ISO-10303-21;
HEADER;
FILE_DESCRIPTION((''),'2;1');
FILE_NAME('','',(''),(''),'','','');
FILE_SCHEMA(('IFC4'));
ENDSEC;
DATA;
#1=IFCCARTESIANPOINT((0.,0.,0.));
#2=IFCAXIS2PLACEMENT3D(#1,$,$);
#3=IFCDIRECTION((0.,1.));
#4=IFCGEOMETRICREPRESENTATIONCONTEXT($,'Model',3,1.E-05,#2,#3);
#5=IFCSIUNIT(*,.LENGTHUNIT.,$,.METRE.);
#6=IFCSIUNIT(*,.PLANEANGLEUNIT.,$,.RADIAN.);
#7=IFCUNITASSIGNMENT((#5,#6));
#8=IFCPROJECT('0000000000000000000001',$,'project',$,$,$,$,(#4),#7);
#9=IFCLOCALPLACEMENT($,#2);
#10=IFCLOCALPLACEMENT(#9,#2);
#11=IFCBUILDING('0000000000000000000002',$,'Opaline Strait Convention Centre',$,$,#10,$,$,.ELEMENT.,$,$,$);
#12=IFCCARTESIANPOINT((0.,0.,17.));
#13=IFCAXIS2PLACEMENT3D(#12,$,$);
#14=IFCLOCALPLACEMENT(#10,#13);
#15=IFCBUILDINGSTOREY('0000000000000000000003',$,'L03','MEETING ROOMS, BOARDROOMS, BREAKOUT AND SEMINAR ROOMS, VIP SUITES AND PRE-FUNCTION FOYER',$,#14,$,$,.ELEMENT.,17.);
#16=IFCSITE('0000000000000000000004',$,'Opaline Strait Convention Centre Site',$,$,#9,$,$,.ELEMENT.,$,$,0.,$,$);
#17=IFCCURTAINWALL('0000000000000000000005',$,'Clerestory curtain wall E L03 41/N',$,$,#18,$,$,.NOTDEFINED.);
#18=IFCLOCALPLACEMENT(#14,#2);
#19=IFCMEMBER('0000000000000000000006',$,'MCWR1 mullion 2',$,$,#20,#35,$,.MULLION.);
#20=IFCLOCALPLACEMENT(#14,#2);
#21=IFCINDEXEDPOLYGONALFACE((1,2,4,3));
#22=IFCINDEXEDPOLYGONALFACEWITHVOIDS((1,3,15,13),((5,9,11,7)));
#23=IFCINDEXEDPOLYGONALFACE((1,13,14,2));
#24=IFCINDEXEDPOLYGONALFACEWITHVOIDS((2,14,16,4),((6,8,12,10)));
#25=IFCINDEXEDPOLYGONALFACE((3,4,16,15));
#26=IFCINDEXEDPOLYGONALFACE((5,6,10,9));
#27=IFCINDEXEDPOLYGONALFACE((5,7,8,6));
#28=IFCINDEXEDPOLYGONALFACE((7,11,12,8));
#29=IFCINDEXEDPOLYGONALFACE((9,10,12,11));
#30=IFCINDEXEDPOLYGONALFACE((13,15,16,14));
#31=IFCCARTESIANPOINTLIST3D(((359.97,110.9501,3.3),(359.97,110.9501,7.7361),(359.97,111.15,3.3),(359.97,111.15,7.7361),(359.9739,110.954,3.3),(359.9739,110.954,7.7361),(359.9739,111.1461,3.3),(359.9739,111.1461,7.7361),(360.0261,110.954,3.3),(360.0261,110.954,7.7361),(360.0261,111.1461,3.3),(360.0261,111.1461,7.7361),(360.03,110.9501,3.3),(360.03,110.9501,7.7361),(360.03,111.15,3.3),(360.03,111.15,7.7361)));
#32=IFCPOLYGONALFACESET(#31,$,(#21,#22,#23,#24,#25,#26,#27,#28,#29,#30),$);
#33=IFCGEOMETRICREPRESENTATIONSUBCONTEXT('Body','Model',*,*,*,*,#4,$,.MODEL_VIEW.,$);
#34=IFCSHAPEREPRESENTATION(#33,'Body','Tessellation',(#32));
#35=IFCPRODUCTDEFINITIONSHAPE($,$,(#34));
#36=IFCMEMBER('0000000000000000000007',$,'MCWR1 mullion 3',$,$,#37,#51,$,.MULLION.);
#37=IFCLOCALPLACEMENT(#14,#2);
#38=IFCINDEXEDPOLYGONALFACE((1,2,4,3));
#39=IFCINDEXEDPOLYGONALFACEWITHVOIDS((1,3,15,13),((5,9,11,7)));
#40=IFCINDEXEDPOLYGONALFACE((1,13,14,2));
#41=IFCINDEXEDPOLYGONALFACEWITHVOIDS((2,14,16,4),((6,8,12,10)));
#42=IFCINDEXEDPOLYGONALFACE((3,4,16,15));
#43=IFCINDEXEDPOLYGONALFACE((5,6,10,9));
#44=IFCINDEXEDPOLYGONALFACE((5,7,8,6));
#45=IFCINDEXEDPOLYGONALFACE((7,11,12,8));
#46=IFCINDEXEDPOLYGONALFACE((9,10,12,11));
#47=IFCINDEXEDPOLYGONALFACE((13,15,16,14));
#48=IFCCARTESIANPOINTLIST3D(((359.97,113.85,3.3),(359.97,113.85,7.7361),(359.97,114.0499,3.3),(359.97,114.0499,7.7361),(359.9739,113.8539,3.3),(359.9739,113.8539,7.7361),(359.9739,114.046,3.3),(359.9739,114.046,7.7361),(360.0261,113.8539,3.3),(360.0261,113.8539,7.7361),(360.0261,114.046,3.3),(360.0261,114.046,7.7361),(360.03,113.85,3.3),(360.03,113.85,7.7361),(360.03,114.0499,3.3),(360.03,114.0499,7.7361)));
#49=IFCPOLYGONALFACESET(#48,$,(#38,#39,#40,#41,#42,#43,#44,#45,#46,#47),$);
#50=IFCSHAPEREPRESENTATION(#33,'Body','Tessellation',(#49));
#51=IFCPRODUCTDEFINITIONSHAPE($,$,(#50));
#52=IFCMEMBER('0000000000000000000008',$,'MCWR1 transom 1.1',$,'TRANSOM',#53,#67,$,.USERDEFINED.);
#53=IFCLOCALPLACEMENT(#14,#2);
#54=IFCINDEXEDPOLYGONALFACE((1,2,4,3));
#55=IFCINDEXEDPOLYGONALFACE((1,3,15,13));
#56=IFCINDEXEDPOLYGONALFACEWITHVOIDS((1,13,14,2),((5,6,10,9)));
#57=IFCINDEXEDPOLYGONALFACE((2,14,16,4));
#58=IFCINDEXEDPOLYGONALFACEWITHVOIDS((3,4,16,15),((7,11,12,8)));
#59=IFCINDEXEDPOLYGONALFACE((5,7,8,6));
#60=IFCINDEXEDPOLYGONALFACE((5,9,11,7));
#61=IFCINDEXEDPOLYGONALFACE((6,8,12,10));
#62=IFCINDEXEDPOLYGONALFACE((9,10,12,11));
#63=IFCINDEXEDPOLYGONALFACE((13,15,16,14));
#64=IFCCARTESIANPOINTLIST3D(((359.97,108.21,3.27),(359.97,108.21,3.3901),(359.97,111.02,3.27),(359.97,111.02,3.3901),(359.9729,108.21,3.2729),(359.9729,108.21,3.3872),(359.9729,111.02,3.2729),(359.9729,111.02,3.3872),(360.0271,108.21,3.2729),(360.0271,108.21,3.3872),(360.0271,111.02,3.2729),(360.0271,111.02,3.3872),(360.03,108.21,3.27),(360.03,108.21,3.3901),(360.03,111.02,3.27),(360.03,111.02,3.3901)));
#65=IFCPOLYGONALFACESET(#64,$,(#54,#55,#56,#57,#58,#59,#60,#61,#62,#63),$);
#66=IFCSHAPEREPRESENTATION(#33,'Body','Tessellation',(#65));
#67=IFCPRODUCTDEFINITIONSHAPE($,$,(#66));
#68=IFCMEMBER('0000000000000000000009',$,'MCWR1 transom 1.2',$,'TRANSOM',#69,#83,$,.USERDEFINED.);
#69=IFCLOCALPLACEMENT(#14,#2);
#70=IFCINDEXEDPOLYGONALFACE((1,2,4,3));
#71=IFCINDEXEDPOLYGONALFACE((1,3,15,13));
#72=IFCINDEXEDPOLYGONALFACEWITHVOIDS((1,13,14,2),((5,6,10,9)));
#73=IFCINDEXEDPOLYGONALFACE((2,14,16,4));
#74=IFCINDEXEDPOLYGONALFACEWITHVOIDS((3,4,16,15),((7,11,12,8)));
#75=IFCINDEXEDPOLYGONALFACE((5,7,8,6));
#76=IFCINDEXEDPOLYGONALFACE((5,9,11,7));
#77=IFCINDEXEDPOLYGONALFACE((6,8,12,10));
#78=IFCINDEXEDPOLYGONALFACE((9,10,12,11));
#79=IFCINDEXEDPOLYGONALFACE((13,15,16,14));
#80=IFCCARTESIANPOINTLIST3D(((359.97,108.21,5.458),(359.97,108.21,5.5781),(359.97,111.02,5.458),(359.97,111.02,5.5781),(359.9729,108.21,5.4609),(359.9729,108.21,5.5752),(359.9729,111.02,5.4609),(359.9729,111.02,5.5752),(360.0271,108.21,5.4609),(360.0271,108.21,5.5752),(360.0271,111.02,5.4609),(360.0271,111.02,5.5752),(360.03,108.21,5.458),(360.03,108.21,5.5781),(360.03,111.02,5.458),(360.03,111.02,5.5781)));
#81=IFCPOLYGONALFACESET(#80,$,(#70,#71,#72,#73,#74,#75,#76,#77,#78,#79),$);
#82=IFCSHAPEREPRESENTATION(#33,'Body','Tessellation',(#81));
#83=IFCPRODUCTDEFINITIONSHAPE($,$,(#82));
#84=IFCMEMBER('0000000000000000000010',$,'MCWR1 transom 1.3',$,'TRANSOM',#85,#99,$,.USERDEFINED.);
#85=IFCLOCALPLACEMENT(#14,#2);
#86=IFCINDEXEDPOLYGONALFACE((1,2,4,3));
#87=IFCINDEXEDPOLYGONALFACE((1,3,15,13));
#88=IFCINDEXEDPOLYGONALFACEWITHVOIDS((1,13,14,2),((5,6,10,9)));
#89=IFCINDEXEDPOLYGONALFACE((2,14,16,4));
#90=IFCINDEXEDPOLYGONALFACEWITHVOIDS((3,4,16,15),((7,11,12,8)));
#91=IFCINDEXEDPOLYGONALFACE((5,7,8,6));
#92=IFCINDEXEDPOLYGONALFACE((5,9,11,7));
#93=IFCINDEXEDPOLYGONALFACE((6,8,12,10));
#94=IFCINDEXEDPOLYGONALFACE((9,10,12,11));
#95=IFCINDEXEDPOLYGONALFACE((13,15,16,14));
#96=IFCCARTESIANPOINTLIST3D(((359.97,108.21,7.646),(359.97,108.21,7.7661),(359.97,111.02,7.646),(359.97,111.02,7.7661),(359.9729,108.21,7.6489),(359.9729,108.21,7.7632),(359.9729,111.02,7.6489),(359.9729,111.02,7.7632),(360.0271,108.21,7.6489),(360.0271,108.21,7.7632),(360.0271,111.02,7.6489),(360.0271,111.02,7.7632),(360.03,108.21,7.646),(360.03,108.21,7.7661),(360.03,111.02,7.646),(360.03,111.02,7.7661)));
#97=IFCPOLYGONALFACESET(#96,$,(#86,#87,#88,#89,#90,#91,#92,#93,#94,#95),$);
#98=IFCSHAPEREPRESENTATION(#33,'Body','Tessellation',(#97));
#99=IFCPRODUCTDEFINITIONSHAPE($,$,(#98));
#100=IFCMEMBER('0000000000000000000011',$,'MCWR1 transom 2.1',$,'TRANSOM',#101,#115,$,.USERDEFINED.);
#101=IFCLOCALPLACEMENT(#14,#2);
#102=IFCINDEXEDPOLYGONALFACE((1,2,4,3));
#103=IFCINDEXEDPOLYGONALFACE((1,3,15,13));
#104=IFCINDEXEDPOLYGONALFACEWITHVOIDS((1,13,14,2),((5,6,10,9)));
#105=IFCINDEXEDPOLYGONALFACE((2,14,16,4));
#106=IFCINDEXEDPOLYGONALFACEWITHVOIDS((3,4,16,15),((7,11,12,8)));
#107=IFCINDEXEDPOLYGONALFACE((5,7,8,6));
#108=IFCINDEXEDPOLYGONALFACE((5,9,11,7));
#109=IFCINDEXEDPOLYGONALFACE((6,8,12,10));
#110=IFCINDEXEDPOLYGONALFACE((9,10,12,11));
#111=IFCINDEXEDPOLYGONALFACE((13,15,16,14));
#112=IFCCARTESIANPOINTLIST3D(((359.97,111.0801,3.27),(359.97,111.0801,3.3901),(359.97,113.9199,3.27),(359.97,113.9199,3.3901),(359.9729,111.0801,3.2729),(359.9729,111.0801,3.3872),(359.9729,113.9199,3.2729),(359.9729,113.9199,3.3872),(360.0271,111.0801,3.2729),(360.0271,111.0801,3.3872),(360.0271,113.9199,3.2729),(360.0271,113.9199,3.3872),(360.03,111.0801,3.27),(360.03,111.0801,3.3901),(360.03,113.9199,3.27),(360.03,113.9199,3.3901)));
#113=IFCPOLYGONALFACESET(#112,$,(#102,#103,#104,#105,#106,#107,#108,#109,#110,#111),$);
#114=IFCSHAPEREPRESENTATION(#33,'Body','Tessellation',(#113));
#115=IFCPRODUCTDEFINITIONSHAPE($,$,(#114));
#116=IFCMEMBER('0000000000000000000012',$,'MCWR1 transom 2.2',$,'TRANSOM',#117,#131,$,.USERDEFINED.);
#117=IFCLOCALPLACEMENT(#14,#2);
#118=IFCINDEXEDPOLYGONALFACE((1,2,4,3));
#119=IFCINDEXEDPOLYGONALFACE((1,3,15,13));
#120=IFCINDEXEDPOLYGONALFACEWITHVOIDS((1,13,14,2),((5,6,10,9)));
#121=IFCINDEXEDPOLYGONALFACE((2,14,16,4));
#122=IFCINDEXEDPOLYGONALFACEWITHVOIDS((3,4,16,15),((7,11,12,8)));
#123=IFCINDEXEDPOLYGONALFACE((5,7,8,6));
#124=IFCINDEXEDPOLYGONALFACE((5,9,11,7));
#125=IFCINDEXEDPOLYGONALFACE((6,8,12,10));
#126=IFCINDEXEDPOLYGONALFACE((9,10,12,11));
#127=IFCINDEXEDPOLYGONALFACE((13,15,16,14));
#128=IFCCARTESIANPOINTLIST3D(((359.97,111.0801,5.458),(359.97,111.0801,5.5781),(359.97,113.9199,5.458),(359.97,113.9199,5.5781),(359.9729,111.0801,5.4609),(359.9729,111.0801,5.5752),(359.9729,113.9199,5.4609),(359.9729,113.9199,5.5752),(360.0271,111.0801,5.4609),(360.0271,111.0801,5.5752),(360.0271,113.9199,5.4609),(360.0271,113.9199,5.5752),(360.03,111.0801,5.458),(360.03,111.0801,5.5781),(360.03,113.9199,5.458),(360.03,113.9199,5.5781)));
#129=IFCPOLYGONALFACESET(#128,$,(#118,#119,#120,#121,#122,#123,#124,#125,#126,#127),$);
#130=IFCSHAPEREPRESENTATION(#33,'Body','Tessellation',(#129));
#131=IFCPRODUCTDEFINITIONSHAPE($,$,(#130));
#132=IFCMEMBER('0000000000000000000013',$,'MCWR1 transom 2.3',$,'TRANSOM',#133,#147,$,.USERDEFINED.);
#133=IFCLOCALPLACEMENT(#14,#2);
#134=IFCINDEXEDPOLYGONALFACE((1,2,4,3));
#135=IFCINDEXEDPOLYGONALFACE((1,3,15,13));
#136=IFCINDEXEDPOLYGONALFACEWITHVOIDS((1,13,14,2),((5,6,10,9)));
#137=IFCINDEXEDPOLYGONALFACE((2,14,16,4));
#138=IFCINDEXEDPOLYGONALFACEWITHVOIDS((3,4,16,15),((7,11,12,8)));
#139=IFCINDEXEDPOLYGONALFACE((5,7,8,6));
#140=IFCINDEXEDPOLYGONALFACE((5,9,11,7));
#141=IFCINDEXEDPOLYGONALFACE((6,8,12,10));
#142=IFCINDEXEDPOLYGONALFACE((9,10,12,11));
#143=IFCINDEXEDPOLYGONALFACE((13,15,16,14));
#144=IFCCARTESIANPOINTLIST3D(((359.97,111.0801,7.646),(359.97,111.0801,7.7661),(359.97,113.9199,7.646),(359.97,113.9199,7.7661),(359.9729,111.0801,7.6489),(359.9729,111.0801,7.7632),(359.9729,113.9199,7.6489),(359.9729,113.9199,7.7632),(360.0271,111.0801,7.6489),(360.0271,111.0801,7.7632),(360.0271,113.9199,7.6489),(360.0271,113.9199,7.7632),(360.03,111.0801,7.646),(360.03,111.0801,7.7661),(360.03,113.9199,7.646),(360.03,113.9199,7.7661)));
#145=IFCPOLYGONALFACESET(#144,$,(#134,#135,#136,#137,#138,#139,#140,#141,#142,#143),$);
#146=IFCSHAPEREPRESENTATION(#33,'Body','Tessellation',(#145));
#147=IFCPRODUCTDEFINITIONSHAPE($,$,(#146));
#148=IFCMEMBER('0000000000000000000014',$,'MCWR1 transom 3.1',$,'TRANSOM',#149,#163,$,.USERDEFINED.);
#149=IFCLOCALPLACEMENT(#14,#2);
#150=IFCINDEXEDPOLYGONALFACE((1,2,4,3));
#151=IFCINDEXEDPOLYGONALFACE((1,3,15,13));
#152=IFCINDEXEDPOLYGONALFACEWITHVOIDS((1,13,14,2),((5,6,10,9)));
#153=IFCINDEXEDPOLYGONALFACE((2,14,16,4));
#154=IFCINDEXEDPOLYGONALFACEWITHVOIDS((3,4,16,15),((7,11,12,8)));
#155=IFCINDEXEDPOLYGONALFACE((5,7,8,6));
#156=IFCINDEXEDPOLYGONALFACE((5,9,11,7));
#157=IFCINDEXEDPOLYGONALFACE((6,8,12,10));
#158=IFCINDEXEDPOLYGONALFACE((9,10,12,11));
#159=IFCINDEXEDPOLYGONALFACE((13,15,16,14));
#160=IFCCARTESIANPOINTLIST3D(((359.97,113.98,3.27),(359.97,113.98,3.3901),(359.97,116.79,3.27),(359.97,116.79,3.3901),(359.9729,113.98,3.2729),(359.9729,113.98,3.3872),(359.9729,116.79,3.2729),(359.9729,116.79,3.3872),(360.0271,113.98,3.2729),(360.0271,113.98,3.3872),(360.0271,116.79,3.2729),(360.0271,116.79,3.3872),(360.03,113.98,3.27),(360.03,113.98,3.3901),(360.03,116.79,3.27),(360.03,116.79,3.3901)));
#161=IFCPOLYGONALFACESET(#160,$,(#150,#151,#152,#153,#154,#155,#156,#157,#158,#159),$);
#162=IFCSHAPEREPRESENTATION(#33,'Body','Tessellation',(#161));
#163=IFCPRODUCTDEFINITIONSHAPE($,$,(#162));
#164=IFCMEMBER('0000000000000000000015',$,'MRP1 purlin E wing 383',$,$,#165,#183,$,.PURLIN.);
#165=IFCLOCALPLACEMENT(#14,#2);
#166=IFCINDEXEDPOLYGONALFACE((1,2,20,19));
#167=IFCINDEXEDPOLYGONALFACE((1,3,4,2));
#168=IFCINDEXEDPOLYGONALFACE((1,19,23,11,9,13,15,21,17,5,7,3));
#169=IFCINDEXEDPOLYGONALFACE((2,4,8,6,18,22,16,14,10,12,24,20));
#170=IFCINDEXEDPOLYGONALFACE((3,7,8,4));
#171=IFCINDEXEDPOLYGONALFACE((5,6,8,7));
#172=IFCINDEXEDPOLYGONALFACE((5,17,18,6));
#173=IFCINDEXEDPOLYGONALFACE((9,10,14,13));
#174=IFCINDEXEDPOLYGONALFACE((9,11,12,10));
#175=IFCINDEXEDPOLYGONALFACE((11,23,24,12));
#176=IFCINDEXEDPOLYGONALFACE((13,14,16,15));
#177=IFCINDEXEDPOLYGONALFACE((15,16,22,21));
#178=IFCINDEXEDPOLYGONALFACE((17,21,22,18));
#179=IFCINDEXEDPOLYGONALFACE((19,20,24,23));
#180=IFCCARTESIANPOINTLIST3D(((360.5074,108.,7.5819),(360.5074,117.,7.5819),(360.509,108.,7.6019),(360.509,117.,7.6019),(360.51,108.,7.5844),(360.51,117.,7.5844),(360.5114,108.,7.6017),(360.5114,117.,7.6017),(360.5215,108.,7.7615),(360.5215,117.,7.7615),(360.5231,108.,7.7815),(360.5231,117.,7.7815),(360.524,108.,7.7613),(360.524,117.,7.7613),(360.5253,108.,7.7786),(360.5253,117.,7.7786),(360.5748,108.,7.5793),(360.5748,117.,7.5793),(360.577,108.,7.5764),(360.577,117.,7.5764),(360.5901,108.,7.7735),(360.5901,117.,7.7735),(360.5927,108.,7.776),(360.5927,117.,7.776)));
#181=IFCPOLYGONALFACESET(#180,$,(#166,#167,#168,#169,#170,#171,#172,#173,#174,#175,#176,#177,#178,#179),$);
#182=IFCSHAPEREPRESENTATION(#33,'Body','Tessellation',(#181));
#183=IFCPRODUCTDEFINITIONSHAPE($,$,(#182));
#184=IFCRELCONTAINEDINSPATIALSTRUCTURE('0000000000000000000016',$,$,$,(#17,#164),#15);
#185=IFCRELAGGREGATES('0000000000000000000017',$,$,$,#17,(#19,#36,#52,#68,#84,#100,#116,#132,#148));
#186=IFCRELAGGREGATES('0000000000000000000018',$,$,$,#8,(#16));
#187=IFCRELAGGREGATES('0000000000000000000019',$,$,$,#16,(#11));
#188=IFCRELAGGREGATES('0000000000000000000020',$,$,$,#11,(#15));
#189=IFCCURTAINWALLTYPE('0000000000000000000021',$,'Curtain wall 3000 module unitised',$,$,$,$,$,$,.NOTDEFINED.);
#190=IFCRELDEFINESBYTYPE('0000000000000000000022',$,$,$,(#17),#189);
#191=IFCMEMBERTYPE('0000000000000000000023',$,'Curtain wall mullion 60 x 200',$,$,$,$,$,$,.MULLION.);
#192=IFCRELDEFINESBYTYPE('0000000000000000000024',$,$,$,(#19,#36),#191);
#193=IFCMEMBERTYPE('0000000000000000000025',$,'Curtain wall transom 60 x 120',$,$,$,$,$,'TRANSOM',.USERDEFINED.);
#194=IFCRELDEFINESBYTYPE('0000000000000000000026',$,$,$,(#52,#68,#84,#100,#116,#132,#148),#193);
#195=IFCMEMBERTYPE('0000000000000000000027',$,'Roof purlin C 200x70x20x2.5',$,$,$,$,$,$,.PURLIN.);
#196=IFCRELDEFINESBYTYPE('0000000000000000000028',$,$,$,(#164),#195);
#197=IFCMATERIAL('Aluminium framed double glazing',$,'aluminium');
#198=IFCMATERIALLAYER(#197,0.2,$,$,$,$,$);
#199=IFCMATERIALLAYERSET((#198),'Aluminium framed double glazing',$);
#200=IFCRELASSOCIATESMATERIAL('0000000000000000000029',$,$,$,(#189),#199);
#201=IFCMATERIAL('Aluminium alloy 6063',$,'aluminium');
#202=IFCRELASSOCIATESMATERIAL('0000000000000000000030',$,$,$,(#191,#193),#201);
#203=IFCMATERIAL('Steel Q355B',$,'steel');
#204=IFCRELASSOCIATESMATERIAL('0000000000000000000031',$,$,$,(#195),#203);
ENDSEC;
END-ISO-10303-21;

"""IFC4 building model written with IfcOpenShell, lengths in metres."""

from ifc_helpers import new_model, si_unit, direction, frame, origin, origin_2d, place, context, subcontext, project, spatial, polyline, hollow_rectangle, outline, extrude, material, layer, layer_set, material_profile, profile_set, type_object, element, aggregate, save


model = new_model("IFC4")

# Units and contexts
model_context = context("Model", 3, precision=1e-05, world=origin(), true_north=direction((0.0, 1.0)))
body_context = subcontext(model_context, "Body", "Model", "MODEL_VIEW")
ifc_project = project(units=[si_unit("LENGTHUNIT", "METRE"), si_unit("PLANEANGLEUNIT", "RADIAN")], contexts=[model_context])

# Site, building, storey
site_placement = place(None, origin())
site = spatial("IfcSite", under=ifc_project, at=site_placement, Name="Opaline Strait Convention Centre Site", CompositionType="ELEMENT", RefElevation=0.0)
building_placement = place(site_placement, origin())
building = spatial("IfcBuilding", under=site, at=building_placement, Name="Opaline Strait Convention Centre", CompositionType="ELEMENT")
storey_placement = place(building_placement, frame((0.0, 0.0, 17.0)))
storey = spatial("IfcBuildingStorey", under=building, at=storey_placement, Name="L03", Description="MEETING ROOMS, BOARDROOMS, BREAKOUT AND SEMINAR ROOMS, VIP SUITES AND PRE-FUNCTION FOYER", CompositionType="ELEMENT", Elevation=17.0)

# Curtain wall, members
ifc_material_1 = material(Name="Aluminium framed double glazing", Category="aluminium")
ifc_layer_1 = layer(ifc_material_1, 0.2)
ifc_layer_set_1 = layer_set([ifc_layer_1], Name="Aluminium framed double glazing")
curtain_wall_type = type_object("IfcCurtainWallType", Name="Curtain wall 3000 module unitised", PredefinedType="NOTDEFINED", material=ifc_layer_set_1)
curtain_wall_placement = place(storey_placement, origin())
curtain_wall = element("IfcCurtainWall", 1, at=curtain_wall_placement, inside=storey, type_object=curtain_wall_type, Name="Clerestory curtain wall E L03 41/N", PredefinedType="NOTDEFINED")
ifc_material_2 = material(Name="Aluminium alloy 6063", Category="aluminium")
ifc_material_profile_1 = material_profile(ifc_material_2, hollow_rectangle(XDim=0.0601, YDim=0.2, WallThickness=0.0039, at=origin_2d()), Name="MULLION 60x200x4")
ifc_profile_set_1 = profile_set([ifc_material_profile_1], Name="Aluminium alloy 6063")
member_type_1 = type_object("IfcMemberType", Name="Curtain wall mullion 60 x 200", PredefinedType="MULLION", material=ifc_profile_set_1)
member_1_placement = place(storey_placement, frame((360.0, 111.05, 3.3), z_axis=(0.0, 0.0, 1.0), x_axis=(-1.0, 0.0, 0.0)))
member_1 = element("IfcMember", 2, at=member_1_placement, type_object=member_type_1, Name="MCWR1 mullion 2", PredefinedType="MULLION", context=body_context, shape_type="SweptSolid", body=[
    extrude(hollow_rectangle(XDim=0.0601, YDim=0.2, WallThickness=0.0039, at=origin_2d()), origin(), (0.0, 0.0, 1.0), 4.436),
])
member_2_placement = place(storey_placement, frame((360.0, 113.95, 3.3), z_axis=(0.0, 0.0, 1.0), x_axis=(-1.0, 0.0, 0.0)))
member_2 = element("IfcMember", 3, at=member_2_placement, type_object=member_type_1, Name="MCWR1 mullion 3", PredefinedType="MULLION", context=body_context, shape_type="SweptSolid", body=[
    extrude(hollow_rectangle(XDim=0.0601, YDim=0.2, WallThickness=0.0039, at=origin_2d()), origin(), (0.0, 0.0, 1.0), 4.436),
])
ifc_material_profile_2 = material_profile(ifc_material_2, hollow_rectangle(XDim=0.0601, YDim=0.1201, WallThickness=0.0029, at=origin_2d()), Name="TRANSOM 60x120x3")
ifc_profile_set_2 = profile_set([ifc_material_profile_2], Name="Aluminium alloy 6063")
member_type_2 = type_object("IfcMemberType", Name="Curtain wall transom 60 x 120", ElementType="TRANSOM", PredefinedType="USERDEFINED", material=ifc_profile_set_2)
member_3_placement = place(storey_placement, frame((360.0, 108.21, 3.3301), z_axis=(0.0, 1.0, 0.0), x_axis=(-1.0, 0.0, 0.0)))
member_3 = element("IfcMember", 4, at=member_3_placement, type_object=member_type_2, Name="MCWR1 transom 1.1", ObjectType="TRANSOM", PredefinedType="USERDEFINED", context=body_context, shape_type="SweptSolid", body=[
    extrude(hollow_rectangle(XDim=0.0601, YDim=0.1201, WallThickness=0.0029, at=origin_2d()), origin(), (0.0, 0.0, 1.0), 2.8101),
])
member_4_placement = place(storey_placement, frame((360.0, 108.21, 5.5181), z_axis=(0.0, 1.0, 0.0), x_axis=(-1.0, 0.0, 0.0)))
member_4 = element("IfcMember", 5, at=member_4_placement, type_object=member_type_2, Name="MCWR1 transom 1.2", ObjectType="TRANSOM", PredefinedType="USERDEFINED", context=body_context, shape_type="SweptSolid", body=[
    extrude(hollow_rectangle(XDim=0.0601, YDim=0.1201, WallThickness=0.0029, at=origin_2d()), origin(), (0.0, 0.0, 1.0), 2.8101),
])
member_5_placement = place(storey_placement, frame((360.0, 108.21, 7.7061), z_axis=(0.0, 1.0, 0.0), x_axis=(-1.0, 0.0, 0.0)))
member_5 = element("IfcMember", 6, at=member_5_placement, type_object=member_type_2, Name="MCWR1 transom 1.3", ObjectType="TRANSOM", PredefinedType="USERDEFINED", context=body_context, shape_type="SweptSolid", body=[
    extrude(hollow_rectangle(XDim=0.0601, YDim=0.1201, WallThickness=0.0029, at=origin_2d()), origin(), (0.0, 0.0, 1.0), 2.8101),
])
member_6_placement = place(storey_placement, frame((360.0, 111.0801, 3.3301), z_axis=(0.0, 1.0, 0.0), x_axis=(-1.0, 0.0, 0.0)))
member_6 = element("IfcMember", 7, at=member_6_placement, type_object=member_type_2, Name="MCWR1 transom 2.1", ObjectType="TRANSOM", PredefinedType="USERDEFINED", context=body_context, shape_type="SweptSolid", body=[
    extrude(hollow_rectangle(XDim=0.0601, YDim=0.1201, WallThickness=0.0029, at=origin_2d()), origin(), (0.0, 0.0, 1.0), 2.8398),
])
member_7_placement = place(storey_placement, frame((360.0, 111.0801, 5.5181), z_axis=(0.0, 1.0, 0.0), x_axis=(-1.0, 0.0, 0.0)))
member_7 = element("IfcMember", 8, at=member_7_placement, type_object=member_type_2, Name="MCWR1 transom 2.2", ObjectType="TRANSOM", PredefinedType="USERDEFINED", context=body_context, shape_type="SweptSolid", body=[
    extrude(hollow_rectangle(XDim=0.0601, YDim=0.1201, WallThickness=0.0029, at=origin_2d()), origin(), (0.0, 0.0, 1.0), 2.8398),
])
member_8_placement = place(storey_placement, frame((360.0, 111.0801, 7.7061), z_axis=(0.0, 1.0, 0.0), x_axis=(-1.0, 0.0, 0.0)))
member_8 = element("IfcMember", 9, at=member_8_placement, type_object=member_type_2, Name="MCWR1 transom 2.3", ObjectType="TRANSOM", PredefinedType="USERDEFINED", context=body_context, shape_type="SweptSolid", body=[
    extrude(hollow_rectangle(XDim=0.0601, YDim=0.1201, WallThickness=0.0029, at=origin_2d()), origin(), (0.0, 0.0, 1.0), 2.8398),
])
member_9_placement = place(storey_placement, frame((360.0, 113.98, 3.3301), z_axis=(0.0, 1.0, 0.0), x_axis=(-1.0, 0.0, 0.0)))
member_9 = element("IfcMember", 10, at=member_9_placement, type_object=member_type_2, Name="MCWR1 transom 3.1", ObjectType="TRANSOM", PredefinedType="USERDEFINED", context=body_context, shape_type="SweptSolid", body=[
    extrude(hollow_rectangle(XDim=0.0601, YDim=0.1201, WallThickness=0.0029, at=origin_2d()), origin(), (0.0, 0.0, 1.0), 2.8101),
])

# Member
ifc_material_3 = material(Name="Steel Q355B", Category="steel")
ifc_material_profile_3 = material_profile(ifc_material_3, outline(polyline([(-0.0349, -0.1001), (0.0349, -0.1001), (0.0349, -0.0801), (0.0325, -0.0801), (0.0325, -0.0974), (-0.0325, -0.0974), (-0.0325, 0.0974), (0.0325, 0.0974), (0.0325, 0.0801), (0.0349, 0.0801), (0.0349, 0.1001), (-0.0349, 0.1001), (-0.0349, -0.1001)])), Name="C 200x70x20x2.5")
ifc_profile_set_3 = profile_set([ifc_material_profile_3], Name="Steel Q355B")
member_type_3 = type_object("IfcMemberType", Name="Roof purlin C 200x70x20x2.5", PredefinedType="PURLIN", material=ifc_profile_set_3)
for number, where, z_axis, x_axis, name in (
    (11, (360.55, 108.0, 7.679), (0.0, 1.0, 0.0), (-0.996917, 0.0, 0.078459), "MRP1 purlin E wing 383"),
):
    element("IfcMember", number, at=place(storey_placement, frame(where, z_axis=z_axis, x_axis=x_axis)), inside=storey, type_object=member_type_3, Name=name, PredefinedType="PURLIN", context=body_context, shape_type="SweptSolid", body=[
        extrude(outline(polyline([(-0.0349, -0.1001), (0.0349, -0.1001), (0.0349, -0.0801), (0.0325, -0.0801), (0.0325, -0.0974), (-0.0325, -0.0974), (-0.0325, 0.0974), (0.0325, 0.0974), (0.0325, 0.0801), (0.0349, 0.0801), (0.0349, 0.1001), (-0.0349, 0.1001), (-0.0349, -0.1001)])), origin(), (0.0, 0.0, 1.0), 9.0),
    ])

aggregate(curtain_wall, [member_1, member_2, member_3, member_4, member_5, member_6, member_7, member_8, member_9])

save(model, "model.ifc")
